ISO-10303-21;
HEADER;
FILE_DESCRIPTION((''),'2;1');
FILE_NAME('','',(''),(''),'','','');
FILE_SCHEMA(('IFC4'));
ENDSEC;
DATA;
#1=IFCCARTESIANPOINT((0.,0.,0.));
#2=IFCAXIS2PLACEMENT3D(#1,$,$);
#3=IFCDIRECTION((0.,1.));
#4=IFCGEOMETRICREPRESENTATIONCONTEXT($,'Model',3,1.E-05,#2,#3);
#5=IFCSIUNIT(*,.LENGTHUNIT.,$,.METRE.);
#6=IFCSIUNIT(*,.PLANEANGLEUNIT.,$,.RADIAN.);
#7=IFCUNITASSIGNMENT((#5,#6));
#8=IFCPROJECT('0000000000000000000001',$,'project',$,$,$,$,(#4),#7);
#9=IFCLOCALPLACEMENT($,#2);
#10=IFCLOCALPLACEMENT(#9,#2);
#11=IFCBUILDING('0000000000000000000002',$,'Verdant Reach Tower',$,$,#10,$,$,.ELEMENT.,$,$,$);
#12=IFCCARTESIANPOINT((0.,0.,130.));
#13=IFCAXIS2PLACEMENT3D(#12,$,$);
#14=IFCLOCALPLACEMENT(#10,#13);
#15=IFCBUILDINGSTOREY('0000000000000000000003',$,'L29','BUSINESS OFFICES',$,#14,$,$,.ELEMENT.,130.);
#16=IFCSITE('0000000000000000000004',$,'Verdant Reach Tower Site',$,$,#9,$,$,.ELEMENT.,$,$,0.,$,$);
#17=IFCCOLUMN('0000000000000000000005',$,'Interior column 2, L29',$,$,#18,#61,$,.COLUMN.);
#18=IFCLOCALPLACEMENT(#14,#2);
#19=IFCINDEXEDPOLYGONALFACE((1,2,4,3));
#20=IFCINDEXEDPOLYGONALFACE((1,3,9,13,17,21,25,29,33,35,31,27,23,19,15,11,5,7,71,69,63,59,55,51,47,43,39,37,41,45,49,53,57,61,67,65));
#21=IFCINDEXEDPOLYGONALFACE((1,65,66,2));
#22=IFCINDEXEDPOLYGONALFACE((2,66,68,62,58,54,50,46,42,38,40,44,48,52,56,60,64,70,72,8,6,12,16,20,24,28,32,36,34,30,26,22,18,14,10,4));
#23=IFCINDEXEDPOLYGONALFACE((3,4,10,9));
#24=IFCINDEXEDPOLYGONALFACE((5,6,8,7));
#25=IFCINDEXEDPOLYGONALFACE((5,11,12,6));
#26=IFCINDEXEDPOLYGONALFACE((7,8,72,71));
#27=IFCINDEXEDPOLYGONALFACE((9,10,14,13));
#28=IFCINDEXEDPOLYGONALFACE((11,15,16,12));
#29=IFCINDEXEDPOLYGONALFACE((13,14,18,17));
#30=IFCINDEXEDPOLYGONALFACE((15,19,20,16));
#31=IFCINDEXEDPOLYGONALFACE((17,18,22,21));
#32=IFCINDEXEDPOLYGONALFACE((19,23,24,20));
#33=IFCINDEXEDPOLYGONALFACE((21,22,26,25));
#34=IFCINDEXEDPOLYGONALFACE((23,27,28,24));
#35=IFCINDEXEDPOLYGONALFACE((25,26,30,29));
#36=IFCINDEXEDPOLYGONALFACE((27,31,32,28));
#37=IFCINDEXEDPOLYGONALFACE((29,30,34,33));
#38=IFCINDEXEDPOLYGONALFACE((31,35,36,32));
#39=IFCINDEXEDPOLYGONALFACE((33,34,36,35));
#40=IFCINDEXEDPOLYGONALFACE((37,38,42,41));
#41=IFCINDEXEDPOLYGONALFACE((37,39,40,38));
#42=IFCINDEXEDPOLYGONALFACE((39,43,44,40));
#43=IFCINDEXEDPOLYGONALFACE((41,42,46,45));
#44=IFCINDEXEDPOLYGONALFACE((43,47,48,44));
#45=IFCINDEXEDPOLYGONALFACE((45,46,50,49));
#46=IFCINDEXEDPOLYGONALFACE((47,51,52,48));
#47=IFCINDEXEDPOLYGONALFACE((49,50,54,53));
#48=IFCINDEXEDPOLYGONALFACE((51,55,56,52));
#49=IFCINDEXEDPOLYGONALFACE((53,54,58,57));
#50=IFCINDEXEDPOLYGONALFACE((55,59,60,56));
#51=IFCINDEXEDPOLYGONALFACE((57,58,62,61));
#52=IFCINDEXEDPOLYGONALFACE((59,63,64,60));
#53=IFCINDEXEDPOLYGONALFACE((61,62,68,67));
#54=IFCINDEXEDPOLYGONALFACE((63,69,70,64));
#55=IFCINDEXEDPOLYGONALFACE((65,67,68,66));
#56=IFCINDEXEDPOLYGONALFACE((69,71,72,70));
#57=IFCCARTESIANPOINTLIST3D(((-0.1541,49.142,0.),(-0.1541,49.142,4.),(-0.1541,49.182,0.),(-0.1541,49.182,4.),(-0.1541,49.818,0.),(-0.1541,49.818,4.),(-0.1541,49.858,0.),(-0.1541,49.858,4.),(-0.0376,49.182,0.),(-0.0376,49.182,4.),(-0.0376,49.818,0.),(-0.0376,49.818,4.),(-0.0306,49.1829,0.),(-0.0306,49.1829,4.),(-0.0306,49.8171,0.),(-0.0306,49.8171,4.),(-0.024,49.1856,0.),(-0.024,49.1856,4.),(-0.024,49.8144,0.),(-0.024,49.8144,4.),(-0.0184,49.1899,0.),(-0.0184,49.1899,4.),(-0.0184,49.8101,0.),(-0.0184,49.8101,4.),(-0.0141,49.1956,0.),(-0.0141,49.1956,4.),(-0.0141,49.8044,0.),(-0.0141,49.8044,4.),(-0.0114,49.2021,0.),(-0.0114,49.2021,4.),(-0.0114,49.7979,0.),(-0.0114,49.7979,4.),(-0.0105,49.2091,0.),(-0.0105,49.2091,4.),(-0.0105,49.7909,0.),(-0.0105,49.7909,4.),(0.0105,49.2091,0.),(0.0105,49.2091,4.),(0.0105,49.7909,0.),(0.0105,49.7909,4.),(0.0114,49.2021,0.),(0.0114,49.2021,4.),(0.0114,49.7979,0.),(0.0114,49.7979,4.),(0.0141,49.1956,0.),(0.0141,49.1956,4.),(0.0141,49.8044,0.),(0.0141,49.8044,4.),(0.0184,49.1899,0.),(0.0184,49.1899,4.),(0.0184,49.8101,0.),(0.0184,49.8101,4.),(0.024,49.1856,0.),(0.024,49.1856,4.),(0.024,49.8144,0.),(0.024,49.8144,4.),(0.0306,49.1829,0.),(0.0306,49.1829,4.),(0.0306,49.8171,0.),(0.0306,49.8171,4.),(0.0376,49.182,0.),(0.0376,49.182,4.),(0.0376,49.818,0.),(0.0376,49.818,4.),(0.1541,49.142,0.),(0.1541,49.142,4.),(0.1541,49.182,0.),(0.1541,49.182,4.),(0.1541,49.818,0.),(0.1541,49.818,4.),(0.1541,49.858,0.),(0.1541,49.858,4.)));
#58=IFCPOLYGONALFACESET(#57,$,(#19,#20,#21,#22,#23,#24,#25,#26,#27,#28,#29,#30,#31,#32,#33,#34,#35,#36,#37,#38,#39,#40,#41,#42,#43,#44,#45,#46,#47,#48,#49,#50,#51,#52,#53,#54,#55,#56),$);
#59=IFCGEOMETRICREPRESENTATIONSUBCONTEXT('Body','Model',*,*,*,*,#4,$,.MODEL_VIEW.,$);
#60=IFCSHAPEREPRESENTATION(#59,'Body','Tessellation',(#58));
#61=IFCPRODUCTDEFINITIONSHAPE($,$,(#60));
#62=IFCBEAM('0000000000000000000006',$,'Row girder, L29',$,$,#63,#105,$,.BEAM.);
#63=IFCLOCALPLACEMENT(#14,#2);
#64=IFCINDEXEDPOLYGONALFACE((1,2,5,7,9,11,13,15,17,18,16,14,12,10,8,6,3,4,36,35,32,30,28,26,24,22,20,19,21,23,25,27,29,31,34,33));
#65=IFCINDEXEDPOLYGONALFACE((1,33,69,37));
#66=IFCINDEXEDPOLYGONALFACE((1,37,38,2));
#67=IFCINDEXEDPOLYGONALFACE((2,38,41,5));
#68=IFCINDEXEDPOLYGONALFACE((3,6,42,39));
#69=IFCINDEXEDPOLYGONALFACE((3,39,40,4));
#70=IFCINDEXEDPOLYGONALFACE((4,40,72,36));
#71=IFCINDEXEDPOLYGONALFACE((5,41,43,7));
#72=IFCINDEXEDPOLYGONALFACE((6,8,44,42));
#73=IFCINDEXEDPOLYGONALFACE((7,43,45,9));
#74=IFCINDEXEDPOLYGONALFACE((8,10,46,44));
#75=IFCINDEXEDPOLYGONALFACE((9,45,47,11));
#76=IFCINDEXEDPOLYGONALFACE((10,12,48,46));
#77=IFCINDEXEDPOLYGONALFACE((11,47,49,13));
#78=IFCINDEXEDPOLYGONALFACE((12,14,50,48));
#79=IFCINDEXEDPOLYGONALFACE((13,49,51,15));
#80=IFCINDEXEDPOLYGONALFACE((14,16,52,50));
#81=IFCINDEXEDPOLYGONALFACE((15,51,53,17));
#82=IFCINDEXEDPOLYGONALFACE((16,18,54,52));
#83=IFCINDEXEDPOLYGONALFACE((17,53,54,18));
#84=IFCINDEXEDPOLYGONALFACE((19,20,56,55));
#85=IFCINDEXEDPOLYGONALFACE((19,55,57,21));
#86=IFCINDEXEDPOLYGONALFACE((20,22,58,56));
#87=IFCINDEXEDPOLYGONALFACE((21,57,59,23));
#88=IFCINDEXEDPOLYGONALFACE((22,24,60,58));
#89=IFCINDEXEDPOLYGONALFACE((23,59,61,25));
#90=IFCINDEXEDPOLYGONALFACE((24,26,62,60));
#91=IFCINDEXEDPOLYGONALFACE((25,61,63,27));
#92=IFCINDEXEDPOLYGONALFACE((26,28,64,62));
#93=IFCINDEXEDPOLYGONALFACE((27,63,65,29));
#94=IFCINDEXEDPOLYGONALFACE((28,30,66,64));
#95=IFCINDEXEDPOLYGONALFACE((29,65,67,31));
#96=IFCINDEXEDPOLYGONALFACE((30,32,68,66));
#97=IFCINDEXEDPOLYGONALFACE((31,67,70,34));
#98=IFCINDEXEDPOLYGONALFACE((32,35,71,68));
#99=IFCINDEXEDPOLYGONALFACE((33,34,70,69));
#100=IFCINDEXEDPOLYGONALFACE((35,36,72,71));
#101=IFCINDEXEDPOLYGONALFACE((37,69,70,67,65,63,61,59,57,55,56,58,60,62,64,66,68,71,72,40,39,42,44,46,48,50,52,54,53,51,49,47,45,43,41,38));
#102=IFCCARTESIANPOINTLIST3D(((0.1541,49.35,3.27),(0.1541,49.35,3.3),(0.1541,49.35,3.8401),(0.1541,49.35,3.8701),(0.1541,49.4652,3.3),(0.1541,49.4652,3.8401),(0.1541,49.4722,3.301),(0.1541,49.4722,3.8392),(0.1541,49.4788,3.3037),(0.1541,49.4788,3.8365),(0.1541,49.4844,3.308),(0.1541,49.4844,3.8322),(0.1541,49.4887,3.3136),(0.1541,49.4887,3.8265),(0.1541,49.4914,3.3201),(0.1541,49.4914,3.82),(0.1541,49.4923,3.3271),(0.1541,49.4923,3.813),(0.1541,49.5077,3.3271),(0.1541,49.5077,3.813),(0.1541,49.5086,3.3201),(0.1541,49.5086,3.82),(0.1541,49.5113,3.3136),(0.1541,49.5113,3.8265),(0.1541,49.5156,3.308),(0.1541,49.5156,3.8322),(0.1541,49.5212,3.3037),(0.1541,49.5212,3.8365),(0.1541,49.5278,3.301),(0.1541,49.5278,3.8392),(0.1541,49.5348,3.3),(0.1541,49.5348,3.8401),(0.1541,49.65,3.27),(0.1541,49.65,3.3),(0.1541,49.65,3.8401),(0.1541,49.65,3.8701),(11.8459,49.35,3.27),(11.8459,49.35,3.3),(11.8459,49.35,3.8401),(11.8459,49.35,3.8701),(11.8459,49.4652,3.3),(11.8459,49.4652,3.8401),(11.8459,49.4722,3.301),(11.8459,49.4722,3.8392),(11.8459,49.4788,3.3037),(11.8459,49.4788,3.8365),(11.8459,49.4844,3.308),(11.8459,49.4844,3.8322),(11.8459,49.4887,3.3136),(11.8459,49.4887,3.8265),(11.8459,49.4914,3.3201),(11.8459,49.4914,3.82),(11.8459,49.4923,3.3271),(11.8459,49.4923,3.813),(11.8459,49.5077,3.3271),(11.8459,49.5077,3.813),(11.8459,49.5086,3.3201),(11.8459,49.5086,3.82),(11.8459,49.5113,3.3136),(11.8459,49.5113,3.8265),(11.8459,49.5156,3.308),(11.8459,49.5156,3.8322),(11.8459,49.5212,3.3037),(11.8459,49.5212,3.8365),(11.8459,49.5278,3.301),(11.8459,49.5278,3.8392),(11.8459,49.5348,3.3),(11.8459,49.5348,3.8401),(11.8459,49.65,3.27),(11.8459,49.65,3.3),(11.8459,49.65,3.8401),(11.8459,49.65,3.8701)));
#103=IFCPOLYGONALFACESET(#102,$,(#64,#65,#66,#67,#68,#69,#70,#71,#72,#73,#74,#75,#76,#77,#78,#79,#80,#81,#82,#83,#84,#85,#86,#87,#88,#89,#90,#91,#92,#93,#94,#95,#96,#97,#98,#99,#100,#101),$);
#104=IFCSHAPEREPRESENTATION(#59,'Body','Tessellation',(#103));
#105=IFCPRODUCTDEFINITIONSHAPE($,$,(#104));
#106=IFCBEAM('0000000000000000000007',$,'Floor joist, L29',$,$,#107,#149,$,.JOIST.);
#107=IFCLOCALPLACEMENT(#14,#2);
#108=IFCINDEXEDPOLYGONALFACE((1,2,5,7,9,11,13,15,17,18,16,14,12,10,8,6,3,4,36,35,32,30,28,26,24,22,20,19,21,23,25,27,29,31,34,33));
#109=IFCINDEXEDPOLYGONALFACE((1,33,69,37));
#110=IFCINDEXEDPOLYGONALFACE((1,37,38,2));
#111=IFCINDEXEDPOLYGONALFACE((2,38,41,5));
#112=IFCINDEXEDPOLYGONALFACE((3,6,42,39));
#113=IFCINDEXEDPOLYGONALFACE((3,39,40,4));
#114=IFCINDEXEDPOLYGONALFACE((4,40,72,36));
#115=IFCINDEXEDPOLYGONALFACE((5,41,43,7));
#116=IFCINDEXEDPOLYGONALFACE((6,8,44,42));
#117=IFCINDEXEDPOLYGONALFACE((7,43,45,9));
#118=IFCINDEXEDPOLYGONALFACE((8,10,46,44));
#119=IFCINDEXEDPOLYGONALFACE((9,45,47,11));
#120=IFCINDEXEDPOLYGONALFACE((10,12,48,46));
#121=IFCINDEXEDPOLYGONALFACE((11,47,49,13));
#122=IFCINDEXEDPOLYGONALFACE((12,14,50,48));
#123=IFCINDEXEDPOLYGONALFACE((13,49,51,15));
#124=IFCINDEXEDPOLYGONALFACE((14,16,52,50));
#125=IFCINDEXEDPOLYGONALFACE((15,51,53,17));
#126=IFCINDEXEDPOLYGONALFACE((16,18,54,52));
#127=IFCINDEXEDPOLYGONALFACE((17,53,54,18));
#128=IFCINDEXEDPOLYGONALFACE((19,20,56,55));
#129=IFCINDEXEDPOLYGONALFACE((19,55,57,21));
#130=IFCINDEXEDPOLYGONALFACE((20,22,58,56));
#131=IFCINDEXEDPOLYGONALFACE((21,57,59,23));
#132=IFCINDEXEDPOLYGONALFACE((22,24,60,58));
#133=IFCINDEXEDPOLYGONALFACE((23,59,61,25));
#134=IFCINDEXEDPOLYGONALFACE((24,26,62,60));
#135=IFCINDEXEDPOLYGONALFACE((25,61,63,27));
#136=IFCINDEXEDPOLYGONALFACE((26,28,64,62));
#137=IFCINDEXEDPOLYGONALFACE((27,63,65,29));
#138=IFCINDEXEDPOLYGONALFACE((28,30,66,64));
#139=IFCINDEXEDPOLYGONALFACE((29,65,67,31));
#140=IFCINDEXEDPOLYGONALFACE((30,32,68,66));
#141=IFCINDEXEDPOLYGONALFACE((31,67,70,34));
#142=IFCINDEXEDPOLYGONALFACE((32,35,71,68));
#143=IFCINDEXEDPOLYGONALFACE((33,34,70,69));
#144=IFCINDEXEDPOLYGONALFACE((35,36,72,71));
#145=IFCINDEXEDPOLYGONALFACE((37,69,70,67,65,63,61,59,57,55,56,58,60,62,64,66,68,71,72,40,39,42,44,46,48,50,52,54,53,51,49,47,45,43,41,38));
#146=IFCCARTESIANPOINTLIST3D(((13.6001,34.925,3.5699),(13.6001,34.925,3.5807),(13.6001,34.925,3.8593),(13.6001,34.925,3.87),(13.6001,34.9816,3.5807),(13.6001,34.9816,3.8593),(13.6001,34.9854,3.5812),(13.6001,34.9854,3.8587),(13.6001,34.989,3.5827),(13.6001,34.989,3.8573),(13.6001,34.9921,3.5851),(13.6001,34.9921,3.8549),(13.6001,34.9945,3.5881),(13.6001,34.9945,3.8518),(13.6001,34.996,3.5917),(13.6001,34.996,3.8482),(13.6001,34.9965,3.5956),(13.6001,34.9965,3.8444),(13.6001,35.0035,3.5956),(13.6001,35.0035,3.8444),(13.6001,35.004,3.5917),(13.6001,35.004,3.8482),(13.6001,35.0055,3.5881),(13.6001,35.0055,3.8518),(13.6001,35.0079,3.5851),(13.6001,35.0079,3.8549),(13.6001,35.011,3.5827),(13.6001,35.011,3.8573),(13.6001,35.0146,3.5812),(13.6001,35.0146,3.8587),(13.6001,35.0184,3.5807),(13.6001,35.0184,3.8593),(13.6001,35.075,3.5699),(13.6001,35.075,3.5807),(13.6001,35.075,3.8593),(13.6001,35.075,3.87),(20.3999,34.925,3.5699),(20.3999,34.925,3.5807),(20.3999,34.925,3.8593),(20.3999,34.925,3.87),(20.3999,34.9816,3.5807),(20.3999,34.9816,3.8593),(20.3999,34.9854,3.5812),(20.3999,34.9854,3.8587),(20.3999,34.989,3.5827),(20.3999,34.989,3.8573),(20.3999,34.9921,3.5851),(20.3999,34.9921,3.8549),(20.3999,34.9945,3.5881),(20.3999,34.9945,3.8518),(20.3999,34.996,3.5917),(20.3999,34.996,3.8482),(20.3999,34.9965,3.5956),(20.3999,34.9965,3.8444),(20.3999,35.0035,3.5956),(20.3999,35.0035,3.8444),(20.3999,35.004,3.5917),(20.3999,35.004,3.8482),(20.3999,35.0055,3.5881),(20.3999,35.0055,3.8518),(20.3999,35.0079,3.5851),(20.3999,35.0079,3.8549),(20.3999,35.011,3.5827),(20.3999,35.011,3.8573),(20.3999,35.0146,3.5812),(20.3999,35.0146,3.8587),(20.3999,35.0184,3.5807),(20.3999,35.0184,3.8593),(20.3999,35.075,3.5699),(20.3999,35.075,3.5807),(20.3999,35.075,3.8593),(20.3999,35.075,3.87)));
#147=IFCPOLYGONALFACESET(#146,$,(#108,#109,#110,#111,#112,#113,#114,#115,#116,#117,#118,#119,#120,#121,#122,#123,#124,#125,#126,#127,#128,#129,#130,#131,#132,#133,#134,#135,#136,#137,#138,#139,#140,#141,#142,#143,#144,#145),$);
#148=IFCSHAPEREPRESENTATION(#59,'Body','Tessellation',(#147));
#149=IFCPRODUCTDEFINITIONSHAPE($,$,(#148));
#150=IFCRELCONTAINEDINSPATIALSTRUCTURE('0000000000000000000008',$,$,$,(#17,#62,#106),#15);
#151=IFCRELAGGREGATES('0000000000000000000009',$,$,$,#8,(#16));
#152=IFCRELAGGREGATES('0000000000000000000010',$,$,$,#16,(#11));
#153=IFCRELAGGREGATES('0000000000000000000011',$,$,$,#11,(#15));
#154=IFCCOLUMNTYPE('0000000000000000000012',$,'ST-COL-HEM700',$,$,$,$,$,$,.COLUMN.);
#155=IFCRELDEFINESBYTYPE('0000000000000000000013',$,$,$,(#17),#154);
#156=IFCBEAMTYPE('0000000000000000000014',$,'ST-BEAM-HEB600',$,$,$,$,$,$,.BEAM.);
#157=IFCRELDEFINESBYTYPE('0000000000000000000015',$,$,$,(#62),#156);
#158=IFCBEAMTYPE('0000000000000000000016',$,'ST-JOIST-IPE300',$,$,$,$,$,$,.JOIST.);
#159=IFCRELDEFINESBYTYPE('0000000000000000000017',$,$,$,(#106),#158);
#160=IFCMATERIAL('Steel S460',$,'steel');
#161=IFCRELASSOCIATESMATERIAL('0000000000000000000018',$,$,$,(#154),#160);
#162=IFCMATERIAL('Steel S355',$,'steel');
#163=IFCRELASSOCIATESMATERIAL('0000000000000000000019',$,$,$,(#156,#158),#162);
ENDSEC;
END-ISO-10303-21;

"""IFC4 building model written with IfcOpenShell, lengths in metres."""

from ifc_helpers import new_model, si_unit, direction, frame, origin, origin_2d, place, context, subcontext, project, spatial, i_section, extrude, material, material_profile, profile_set, type_object, element, save


model = new_model("IFC4")

# Units and contexts
model_context = context("Model", 3, precision=1e-05, world=origin(), true_north=direction((0.0, 1.0)))
body_context = subcontext(model_context, "Body", "Model", "MODEL_VIEW")
ifc_project = project(units=[si_unit("LENGTHUNIT", "METRE"), si_unit("PLANEANGLEUNIT", "RADIAN")], contexts=[model_context])

# Site, building, storey
site_placement = place(None, origin())
site = spatial("IfcSite", under=ifc_project, at=site_placement, Name="Verdant Reach Tower Site", CompositionType="ELEMENT", RefElevation=0.0)
building_placement = place(site_placement, origin())
building = spatial("IfcBuilding", under=site, at=building_placement, Name="Verdant Reach Tower", CompositionType="ELEMENT")
storey_placement = place(building_placement, frame((0.0, 0.0, 130.0)))
storey = spatial("IfcBuildingStorey", under=building, at=storey_placement, Name="L29", Description="BUSINESS OFFICES", CompositionType="ELEMENT", Elevation=130.0)

# Column
ifc_material_1 = material(Name="Steel S460", Category="steel")
ifc_material_profile_1 = material_profile(ifc_material_1, i_section(OverallWidth=0.3081, OverallDepth=0.7161, WebThickness=0.021, FlangeThickness=0.04, FilletRadius=0.0271, at=origin_2d()), Name="HEM 700")
ifc_profile_set_1 = profile_set([ifc_material_profile_1], Name="Steel S460")
column_type = type_object("IfcColumnType", Name="ST-COL-HEM700", PredefinedType="COLUMN", material=ifc_profile_set_1)
column_placement = place(storey_placement, frame((0.0, 49.5, 0.0), z_axis=(0.0, 0.0, 1.0), x_axis=(1.0, 0.0, 0.0)))
element("IfcColumn", 1, at=column_placement, inside=storey, type_object=column_type, Name="Interior column 2, L29", PredefinedType="COLUMN", context=body_context, shape_type="SweptSolid", body=[
    extrude(i_section(OverallWidth=0.3081, OverallDepth=0.7161, WebThickness=0.021, FlangeThickness=0.04, FilletRadius=0.0271, at=origin_2d()), origin(), (0.0, 0.0, 1.0), 4.0),
])

# Beams
ifc_material_2 = material(Name="Steel S355", Category="steel")
ifc_material_profile_2 = material_profile(ifc_material_2, i_section(OverallWidth=0.3, OverallDepth=0.6001, WebThickness=0.0154, FlangeThickness=0.03, FilletRadius=0.0271, at=origin_2d()), Name="HEB 600")
ifc_profile_set_2 = profile_set([ifc_material_profile_2], Name="Steel S355")
beam_type_1 = type_object("IfcBeamType", Name="ST-BEAM-HEB600", PredefinedType="BEAM", material=ifc_profile_set_2)
beam_1_placement = place(storey_placement, frame((0.1541, 49.5, 3.5701), z_axis=(1.0, 0.0, 0.0), x_axis=(0.0, 1.0, 0.0)))
element("IfcBeam", 2, at=beam_1_placement, inside=storey, type_object=beam_type_1, Name="Row girder, L29", PredefinedType="BEAM", context=body_context, shape_type="SweptSolid", body=[
    extrude(i_section(OverallWidth=0.3, OverallDepth=0.6001, WebThickness=0.0154, FlangeThickness=0.03, FilletRadius=0.0271, at=origin_2d()), origin(), (0.0, 0.0, 1.0), 11.6919),
])
ifc_material_profile_3 = material_profile(ifc_material_2, i_section(OverallWidth=0.1499, OverallDepth=0.3, WebThickness=0.0071, FlangeThickness=0.0107, FilletRadius=0.0149, at=origin_2d()), Name="IPE 300")
ifc_profile_set_3 = profile_set([ifc_material_profile_3], Name="Steel S355")
beam_type_2 = type_object("IfcBeamType", Name="ST-JOIST-IPE300", PredefinedType="JOIST", material=ifc_profile_set_3)
beam_2_placement = place(storey_placement, frame((13.6001, 35.0, 3.72), z_axis=(1.0, 0.0, 0.0), x_axis=(0.0, 1.0, 0.0)))
element("IfcBeam", 3, at=beam_2_placement, inside=storey, type_object=beam_type_2, Name="Floor joist, L29", PredefinedType="JOIST", context=body_context, shape_type="SweptSolid", body=[
    extrude(i_section(OverallWidth=0.1499, OverallDepth=0.3, WebThickness=0.0071, FlangeThickness=0.0107, FilletRadius=0.0149, at=origin_2d()), origin(), (0.0, 0.0, 1.0), 6.7998),
])

save(model, "model.ifc")
